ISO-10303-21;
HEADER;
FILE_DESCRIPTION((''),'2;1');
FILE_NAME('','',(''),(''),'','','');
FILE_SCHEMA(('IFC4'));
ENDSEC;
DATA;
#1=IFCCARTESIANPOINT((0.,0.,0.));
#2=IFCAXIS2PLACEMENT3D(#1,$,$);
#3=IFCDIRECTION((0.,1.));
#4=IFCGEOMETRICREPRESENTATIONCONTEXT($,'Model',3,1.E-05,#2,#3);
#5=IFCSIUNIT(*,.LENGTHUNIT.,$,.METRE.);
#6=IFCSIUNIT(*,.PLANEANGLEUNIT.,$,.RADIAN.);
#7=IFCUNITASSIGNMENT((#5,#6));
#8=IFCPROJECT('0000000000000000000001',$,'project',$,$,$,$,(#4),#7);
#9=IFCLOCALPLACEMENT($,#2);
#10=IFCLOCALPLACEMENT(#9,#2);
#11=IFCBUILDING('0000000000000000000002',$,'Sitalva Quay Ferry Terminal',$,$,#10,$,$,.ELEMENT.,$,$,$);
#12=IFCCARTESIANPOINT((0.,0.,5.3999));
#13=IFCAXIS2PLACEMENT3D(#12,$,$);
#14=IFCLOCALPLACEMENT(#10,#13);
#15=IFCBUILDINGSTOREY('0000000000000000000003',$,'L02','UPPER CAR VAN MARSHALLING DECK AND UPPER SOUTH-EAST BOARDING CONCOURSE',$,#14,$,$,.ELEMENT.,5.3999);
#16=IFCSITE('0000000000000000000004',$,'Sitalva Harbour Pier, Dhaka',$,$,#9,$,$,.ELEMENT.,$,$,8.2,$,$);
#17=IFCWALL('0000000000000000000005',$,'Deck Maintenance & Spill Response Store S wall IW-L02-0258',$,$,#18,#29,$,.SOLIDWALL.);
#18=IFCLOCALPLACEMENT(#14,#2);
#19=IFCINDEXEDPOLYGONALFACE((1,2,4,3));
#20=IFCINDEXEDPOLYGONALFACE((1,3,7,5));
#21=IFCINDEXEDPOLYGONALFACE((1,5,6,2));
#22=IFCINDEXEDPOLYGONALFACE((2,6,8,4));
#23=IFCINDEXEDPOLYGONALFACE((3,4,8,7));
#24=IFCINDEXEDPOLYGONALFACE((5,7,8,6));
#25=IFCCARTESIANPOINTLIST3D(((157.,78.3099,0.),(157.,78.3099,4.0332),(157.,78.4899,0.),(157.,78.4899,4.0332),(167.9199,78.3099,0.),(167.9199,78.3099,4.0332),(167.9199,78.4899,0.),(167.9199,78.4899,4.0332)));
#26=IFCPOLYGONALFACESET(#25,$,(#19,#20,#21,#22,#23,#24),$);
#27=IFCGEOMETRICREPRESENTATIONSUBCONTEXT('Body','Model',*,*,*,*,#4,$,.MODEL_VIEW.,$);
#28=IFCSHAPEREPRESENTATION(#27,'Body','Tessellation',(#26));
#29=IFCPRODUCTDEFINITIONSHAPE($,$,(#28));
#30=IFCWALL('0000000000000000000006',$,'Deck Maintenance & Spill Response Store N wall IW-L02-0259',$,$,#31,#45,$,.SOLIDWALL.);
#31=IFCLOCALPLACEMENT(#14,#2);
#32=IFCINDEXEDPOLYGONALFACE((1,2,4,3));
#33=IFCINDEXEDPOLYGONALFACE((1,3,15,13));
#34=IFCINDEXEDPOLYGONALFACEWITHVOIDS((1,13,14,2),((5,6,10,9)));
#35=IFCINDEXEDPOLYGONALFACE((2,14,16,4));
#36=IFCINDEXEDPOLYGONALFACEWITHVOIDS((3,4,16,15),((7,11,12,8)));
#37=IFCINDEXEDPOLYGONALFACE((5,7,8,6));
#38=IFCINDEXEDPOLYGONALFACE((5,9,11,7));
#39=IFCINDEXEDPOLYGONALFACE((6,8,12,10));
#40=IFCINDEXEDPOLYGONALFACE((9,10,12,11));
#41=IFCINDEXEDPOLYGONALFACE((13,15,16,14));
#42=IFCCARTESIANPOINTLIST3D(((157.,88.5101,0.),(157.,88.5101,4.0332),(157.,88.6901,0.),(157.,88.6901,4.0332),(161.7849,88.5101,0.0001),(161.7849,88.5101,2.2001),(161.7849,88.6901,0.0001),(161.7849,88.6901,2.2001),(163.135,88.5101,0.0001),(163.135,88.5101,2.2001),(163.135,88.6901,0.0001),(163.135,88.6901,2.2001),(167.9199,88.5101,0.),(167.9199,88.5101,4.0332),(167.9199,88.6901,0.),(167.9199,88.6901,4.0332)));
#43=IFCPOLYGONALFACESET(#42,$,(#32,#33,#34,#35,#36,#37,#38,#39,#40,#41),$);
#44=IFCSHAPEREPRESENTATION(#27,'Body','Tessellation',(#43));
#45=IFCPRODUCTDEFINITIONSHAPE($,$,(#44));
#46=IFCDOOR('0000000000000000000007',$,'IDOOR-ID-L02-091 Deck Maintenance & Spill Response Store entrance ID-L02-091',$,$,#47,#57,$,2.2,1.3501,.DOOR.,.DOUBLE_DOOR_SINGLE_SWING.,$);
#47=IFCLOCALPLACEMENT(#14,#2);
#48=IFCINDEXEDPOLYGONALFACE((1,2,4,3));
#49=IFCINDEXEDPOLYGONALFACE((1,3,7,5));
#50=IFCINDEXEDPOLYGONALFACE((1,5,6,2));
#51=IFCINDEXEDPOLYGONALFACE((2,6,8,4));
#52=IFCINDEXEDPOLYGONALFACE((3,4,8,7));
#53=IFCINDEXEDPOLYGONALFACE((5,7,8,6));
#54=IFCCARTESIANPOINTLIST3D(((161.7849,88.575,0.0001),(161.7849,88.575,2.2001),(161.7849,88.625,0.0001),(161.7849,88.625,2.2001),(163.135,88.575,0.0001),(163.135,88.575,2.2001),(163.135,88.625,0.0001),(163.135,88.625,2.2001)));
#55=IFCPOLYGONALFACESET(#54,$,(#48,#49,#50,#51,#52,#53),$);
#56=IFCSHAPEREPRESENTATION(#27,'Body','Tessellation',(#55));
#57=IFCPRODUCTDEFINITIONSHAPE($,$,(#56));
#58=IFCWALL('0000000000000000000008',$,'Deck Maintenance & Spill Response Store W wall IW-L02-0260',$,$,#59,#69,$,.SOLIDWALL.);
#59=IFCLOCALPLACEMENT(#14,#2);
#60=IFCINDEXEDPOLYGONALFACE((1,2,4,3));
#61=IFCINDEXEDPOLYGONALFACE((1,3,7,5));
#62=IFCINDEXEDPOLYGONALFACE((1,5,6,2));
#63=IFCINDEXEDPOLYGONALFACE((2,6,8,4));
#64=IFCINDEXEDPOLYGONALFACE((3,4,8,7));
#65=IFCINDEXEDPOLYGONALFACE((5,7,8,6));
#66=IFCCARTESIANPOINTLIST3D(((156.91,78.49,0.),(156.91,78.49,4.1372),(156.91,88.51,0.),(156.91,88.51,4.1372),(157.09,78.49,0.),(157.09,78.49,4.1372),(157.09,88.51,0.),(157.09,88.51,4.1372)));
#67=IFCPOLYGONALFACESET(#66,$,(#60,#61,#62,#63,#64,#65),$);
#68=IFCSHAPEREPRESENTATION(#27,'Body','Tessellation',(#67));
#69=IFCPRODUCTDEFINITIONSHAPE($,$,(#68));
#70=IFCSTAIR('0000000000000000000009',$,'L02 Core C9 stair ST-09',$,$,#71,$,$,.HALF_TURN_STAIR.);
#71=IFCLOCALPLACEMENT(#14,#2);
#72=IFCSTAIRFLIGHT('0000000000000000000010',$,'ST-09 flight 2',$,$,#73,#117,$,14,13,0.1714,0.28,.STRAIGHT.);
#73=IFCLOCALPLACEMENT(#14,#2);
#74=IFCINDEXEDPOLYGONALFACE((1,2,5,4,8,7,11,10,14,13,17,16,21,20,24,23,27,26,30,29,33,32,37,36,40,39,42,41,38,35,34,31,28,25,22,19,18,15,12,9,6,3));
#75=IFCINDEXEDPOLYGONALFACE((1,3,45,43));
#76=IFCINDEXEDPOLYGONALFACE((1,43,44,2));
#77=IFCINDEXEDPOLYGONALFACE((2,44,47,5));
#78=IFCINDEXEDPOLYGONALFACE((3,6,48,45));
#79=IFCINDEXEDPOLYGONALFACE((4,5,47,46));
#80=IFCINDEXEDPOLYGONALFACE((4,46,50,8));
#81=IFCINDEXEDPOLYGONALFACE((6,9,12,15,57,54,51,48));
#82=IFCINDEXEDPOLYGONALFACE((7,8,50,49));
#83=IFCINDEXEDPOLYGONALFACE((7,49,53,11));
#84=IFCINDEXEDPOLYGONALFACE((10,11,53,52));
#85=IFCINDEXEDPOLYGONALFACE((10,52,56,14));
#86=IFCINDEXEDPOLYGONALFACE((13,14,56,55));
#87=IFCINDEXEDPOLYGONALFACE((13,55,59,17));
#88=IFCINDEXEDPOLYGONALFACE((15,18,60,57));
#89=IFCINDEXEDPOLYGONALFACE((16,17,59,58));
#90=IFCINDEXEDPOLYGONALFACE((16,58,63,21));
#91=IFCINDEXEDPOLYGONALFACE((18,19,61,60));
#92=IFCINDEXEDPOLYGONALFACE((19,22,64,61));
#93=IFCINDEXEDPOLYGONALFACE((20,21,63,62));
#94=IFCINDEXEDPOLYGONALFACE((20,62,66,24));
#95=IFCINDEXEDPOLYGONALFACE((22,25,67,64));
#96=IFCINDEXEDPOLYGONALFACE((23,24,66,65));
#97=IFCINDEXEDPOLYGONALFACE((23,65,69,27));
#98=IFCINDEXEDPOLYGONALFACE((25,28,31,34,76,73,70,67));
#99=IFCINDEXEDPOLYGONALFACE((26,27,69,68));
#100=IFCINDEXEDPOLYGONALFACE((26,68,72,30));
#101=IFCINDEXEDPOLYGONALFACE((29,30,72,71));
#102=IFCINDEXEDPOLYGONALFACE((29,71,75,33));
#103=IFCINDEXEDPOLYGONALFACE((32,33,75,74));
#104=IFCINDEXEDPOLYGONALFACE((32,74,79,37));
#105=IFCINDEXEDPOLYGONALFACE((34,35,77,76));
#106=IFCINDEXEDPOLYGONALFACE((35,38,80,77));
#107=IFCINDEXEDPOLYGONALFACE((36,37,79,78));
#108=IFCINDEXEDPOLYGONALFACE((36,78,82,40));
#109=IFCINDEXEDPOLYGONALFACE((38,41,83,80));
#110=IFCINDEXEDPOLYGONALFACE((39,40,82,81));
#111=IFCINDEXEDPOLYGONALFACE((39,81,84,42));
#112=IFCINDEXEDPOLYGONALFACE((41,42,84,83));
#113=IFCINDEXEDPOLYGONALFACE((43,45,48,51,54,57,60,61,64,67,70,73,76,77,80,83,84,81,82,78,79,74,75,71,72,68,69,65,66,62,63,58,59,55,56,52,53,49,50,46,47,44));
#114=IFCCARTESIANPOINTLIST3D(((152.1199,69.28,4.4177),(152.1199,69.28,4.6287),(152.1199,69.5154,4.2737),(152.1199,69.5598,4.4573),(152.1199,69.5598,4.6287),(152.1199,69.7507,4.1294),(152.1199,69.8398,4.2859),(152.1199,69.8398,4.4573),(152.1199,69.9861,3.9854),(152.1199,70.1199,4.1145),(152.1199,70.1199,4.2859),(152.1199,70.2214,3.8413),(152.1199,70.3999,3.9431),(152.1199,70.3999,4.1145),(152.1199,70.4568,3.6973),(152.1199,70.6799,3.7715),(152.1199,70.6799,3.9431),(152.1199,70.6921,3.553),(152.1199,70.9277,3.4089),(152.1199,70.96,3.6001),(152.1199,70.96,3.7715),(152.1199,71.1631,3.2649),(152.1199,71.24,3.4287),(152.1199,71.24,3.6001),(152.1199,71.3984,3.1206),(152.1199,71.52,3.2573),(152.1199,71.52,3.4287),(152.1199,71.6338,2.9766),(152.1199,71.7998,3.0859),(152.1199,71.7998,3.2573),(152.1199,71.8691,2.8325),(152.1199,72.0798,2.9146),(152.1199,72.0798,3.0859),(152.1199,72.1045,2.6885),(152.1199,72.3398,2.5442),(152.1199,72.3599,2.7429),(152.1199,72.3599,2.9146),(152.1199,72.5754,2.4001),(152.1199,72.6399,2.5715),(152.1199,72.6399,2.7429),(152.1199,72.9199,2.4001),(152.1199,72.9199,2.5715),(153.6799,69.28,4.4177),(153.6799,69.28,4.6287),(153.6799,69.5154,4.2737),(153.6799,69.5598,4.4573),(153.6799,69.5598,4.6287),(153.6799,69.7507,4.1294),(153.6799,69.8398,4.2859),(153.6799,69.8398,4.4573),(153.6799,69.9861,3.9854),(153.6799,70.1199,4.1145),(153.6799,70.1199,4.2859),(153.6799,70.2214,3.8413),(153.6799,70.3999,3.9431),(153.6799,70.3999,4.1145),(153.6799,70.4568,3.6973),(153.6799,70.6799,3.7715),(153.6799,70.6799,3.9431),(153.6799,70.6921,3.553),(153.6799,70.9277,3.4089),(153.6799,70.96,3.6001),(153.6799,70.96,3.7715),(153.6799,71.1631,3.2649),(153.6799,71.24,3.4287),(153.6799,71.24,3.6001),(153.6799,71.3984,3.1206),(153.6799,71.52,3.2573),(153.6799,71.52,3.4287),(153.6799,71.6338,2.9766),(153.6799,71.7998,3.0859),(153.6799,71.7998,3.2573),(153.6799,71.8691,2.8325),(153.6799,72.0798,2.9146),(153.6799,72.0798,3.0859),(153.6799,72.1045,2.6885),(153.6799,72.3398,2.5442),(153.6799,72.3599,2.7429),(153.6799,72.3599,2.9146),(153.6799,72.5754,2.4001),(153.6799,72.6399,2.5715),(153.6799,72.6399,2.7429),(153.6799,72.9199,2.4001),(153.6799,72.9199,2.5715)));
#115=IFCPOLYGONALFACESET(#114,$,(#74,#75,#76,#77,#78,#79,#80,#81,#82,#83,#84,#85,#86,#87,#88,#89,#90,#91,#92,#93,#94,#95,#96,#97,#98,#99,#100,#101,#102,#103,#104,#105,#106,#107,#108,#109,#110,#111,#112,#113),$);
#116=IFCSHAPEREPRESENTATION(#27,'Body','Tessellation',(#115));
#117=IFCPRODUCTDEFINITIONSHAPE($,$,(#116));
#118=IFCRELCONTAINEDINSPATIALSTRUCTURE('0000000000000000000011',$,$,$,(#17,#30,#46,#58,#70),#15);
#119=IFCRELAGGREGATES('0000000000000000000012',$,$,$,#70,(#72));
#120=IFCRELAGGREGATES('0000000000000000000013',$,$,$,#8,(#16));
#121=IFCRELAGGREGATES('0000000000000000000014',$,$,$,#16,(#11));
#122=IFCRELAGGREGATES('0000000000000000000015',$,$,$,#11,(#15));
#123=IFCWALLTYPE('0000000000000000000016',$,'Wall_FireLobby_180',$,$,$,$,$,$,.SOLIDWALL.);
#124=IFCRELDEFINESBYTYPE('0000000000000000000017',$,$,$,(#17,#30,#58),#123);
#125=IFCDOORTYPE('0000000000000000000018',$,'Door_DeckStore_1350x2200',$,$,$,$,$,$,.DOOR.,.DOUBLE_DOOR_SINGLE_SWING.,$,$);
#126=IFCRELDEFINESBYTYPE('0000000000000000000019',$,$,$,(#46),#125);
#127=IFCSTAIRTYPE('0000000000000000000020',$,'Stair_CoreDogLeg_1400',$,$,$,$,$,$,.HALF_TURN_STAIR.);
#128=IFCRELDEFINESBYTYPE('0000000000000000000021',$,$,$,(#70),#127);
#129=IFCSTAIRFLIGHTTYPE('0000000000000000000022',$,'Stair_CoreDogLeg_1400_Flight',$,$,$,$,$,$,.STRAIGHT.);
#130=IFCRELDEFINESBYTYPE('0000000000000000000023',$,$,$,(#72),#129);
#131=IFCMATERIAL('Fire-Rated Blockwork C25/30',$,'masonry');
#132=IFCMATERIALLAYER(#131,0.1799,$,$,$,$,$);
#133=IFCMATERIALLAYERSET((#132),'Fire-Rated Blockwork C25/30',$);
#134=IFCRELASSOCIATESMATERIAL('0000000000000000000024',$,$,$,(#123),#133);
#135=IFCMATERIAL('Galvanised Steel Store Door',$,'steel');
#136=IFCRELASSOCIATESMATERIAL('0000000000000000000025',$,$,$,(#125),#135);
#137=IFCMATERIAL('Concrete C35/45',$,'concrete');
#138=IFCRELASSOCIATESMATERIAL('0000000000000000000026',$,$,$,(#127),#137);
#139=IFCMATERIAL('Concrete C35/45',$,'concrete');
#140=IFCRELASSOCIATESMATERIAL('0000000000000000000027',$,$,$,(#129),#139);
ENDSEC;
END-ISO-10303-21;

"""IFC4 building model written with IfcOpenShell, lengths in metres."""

from ifc_helpers import new_model, si_unit, direction, frame, frame_2d, origin, place, context, subcontext, project, spatial, polyline, rectangle, outline, extrude, material, layer, layer_set, type_object, element, fill, aggregate, save


model = new_model("IFC4")

# Units and contexts
model_context = context("Model", 3, precision=1e-05, world=origin(), true_north=direction((0.0, 1.0)))
body_context = subcontext(model_context, "Body", "Model", "MODEL_VIEW")
ifc_project = project(units=[si_unit("LENGTHUNIT", "METRE"), si_unit("PLANEANGLEUNIT", "RADIAN")], contexts=[model_context])

# Site, building, storey
site_placement = place(None, origin())
site = spatial("IfcSite", under=ifc_project, at=site_placement, Name="Sitalva Harbour Pier, Dhaka", CompositionType="ELEMENT", RefElevation=8.2)
building_placement = place(site_placement, origin())
building = spatial("IfcBuilding", under=site, at=building_placement, Name="Sitalva Quay Ferry Terminal", CompositionType="ELEMENT")
storey_placement = place(building_placement, frame((0.0, 0.0, 5.3999)))
storey = spatial("IfcBuildingStorey", under=building, at=storey_placement, Name="L02", Description="UPPER CAR VAN MARSHALLING DECK AND UPPER SOUTH-EAST BOARDING CONCOURSE", CompositionType="ELEMENT", Elevation=5.3999)

# Wall
ifc_material_1 = material(Name="Fire-Rated Blockwork C25/30", Category="masonry")
ifc_layer_1 = layer(ifc_material_1, 0.1799)
ifc_layer_set_1 = layer_set([ifc_layer_1], Name="Fire-Rated Blockwork C25/30")
wall_type_1 = type_object("IfcWallType", Name="Wall_FireLobby_180", PredefinedType="SOLIDWALL", material=ifc_layer_set_1)
wall_1_placement = place(storey_placement, frame((157.0, 78.3999, 0.0), z_axis=(0.0, 0.0, 1.0), x_axis=(1.0, 0.0, 0.0)))
element("IfcWall", 1, at=wall_1_placement, inside=storey, type_object=wall_type_1, Name="Deck Maintenance & Spill Response Store S wall IW-L02-0258", PredefinedType="SOLIDWALL", context=body_context, shape_type="SweptSolid", body=[
    extrude(rectangle(XDim=10.9199, YDim=0.1799, at=frame_2d((5.46, 0.0))), origin(), (0.0, 0.0, 1.0), 4.0332),
])

# Wall, opening, door
wall_2_placement = place(storey_placement, frame((157.0, 88.6001, 0.0), z_axis=(0.0, 0.0, 1.0), x_axis=(1.0, 0.0, 0.0)))
wall_2 = element("IfcWall", 2, at=wall_2_placement, inside=storey, type_object=wall_type_1, Name="Deck Maintenance & Spill Response Store N wall IW-L02-0259", PredefinedType="SOLIDWALL", context=body_context, shape_type="SweptSolid", body=[
    extrude(rectangle(XDim=10.9199, YDim=0.1799, at=frame_2d((5.46, 0.0))), origin(), (0.0, 0.0, 1.0), 4.0332),
])
opening_1_placement = place(wall_2_placement, frame((4.7849, 0.0, 0.0)))
opening_1 = element("IfcOpeningElement", 3, at=opening_1_placement, cuts=wall_2, PredefinedType="OPENING", context=body_context, shape_type="SweptSolid", body=[
    extrude(rectangle(XDim=1.3501, YDim=2.2, at=frame_2d((0.675, 1.1001))), frame((0.0, 0.0999, 0.0), z_axis=(0.0, -1.0, 0.0), x_axis=(1.0, 0.0, 0.0)), (0.0, 0.0, 1.0), 0.2),
])
ifc_material_2 = material(Name="Galvanised Steel Store Door", Category="steel")
door_type = type_object("IfcDoorType", Name="Door_DeckStore_1350x2200", OperationType="DOUBLE_DOOR_SINGLE_SWING", PredefinedType="DOOR", material=ifc_material_2)
door_placement = place(opening_1_placement, origin())
door = element("IfcDoor", 4, at=door_placement, inside=storey, type_object=door_type, Name="IDOOR-ID-L02-091 Deck Maintenance & Spill Response Store entrance ID-L02-091", OperationType="DOUBLE_DOOR_SINGLE_SWING", OverallHeight=2.2, OverallWidth=1.3501, PredefinedType="DOOR", context=body_context, shape_type="SweptSolid", body=[
    extrude(rectangle(XDim=1.3501, YDim=2.2, at=frame_2d((0.675, 1.1001))), frame((0.0, 0.0249, 0.0), z_axis=(0.0, -1.0, 0.0), x_axis=(1.0, 0.0, 0.0)), (0.0, 0.0, 1.0), 0.05),
])
fill(opening_1, door)

# Wall
wall_3_placement = place(storey_placement, frame((157.0, 78.49, 0.0), z_axis=(0.0, 0.0, 1.0), x_axis=(0.0, 1.0, 0.0)))
element("IfcWall", 5, at=wall_3_placement, inside=storey, type_object=wall_type_1, Name="Deck Maintenance & Spill Response Store W wall IW-L02-0260", PredefinedType="SOLIDWALL", context=body_context, shape_type="SweptSolid", body=[
    extrude(rectangle(XDim=10.02, YDim=0.1799, at=frame_2d((5.01, 0.0))), origin(), (0.0, 0.0, 1.0), 4.1372),
])

# Stair, stair flight
ifc_material_3 = material(Name="Concrete C35/45", Category="concrete")
stair_type = type_object("IfcStairType", Name="Stair_CoreDogLeg_1400", PredefinedType="HALF_TURN_STAIR", material=ifc_material_3)
stair_placement = place(storey_placement, origin())
stair = element("IfcStair", 6, at=stair_placement, inside=storey, type_object=stair_type, Name="L02 Core C9 stair ST-09", PredefinedType="HALF_TURN_STAIR")
ifc_material_4 = material(Name="Concrete C35/45", Category="concrete")
stair_flight_type = type_object("IfcStairFlightType", Name="Stair_CoreDogLeg_1400_Flight", PredefinedType="STRAIGHT", material=ifc_material_4)
stair_flight_placement = place(storey_placement, frame((152.8999, 72.9199, 2.4001), z_axis=(0.0, 0.0, 1.0), x_axis=(0.0, -1.0, 0.0)))
stair_flight = element("IfcStairFlight", 7, at=stair_flight_placement, type_object=stair_flight_type, Name="ST-09 flight 2", NumberOfRisers=14, NumberOfTreads=13, PredefinedType="STRAIGHT", RiserHeight=0.1714, TreadLength=0.28, context=body_context, shape_type="SweptSolid", body=[
    extrude(outline(polyline([(0.0, 0.0), (0.0, 0.1714), (0.28, 0.1714), (0.28, 0.3428), (0.5601, 0.3428), (0.5601, 0.5144), (0.8401, 0.5144), (0.8401, 0.6858), (1.1201, 0.6858), (1.1201, 0.8572), (1.3999, 0.8572), (1.3999, 1.0286), (1.6799, 1.0286), (1.6799, 1.2), (1.96, 1.2), (1.96, 1.3713), (2.24, 1.3713), (2.24, 1.543), (2.52, 1.543), (2.52, 1.7144), (2.8, 1.7144), (2.8, 1.8857), (3.0801, 1.8857), (3.0801, 2.0571), (3.3601, 2.0571), (3.3601, 2.2285), (3.6399, 2.2285), (3.6399, 2.3999), (3.6399, 2.0176), (3.4045, 1.8735), (3.1692, 1.7292), (2.9338, 1.5852), (2.6985, 1.4412), (2.4631, 1.2971), (2.2278, 1.1528), (1.9922, 1.0088), (1.7568, 0.8647), (1.5215, 0.7205), (1.2861, 0.5764), (1.0508, 0.4324), (0.8154, 0.2883), (0.5801, 0.144), (0.3445, 0.0), (0.0, 0.0)])), frame((0.0, 0.78, 0.0), z_axis=(0.0, -1.0, 0.0), x_axis=(1.0, 0.0, 0.0)), (0.0, 0.0, 1.0), 1.5601),
])
aggregate(stair, [stair_flight])

save(model, "model.ifc")
